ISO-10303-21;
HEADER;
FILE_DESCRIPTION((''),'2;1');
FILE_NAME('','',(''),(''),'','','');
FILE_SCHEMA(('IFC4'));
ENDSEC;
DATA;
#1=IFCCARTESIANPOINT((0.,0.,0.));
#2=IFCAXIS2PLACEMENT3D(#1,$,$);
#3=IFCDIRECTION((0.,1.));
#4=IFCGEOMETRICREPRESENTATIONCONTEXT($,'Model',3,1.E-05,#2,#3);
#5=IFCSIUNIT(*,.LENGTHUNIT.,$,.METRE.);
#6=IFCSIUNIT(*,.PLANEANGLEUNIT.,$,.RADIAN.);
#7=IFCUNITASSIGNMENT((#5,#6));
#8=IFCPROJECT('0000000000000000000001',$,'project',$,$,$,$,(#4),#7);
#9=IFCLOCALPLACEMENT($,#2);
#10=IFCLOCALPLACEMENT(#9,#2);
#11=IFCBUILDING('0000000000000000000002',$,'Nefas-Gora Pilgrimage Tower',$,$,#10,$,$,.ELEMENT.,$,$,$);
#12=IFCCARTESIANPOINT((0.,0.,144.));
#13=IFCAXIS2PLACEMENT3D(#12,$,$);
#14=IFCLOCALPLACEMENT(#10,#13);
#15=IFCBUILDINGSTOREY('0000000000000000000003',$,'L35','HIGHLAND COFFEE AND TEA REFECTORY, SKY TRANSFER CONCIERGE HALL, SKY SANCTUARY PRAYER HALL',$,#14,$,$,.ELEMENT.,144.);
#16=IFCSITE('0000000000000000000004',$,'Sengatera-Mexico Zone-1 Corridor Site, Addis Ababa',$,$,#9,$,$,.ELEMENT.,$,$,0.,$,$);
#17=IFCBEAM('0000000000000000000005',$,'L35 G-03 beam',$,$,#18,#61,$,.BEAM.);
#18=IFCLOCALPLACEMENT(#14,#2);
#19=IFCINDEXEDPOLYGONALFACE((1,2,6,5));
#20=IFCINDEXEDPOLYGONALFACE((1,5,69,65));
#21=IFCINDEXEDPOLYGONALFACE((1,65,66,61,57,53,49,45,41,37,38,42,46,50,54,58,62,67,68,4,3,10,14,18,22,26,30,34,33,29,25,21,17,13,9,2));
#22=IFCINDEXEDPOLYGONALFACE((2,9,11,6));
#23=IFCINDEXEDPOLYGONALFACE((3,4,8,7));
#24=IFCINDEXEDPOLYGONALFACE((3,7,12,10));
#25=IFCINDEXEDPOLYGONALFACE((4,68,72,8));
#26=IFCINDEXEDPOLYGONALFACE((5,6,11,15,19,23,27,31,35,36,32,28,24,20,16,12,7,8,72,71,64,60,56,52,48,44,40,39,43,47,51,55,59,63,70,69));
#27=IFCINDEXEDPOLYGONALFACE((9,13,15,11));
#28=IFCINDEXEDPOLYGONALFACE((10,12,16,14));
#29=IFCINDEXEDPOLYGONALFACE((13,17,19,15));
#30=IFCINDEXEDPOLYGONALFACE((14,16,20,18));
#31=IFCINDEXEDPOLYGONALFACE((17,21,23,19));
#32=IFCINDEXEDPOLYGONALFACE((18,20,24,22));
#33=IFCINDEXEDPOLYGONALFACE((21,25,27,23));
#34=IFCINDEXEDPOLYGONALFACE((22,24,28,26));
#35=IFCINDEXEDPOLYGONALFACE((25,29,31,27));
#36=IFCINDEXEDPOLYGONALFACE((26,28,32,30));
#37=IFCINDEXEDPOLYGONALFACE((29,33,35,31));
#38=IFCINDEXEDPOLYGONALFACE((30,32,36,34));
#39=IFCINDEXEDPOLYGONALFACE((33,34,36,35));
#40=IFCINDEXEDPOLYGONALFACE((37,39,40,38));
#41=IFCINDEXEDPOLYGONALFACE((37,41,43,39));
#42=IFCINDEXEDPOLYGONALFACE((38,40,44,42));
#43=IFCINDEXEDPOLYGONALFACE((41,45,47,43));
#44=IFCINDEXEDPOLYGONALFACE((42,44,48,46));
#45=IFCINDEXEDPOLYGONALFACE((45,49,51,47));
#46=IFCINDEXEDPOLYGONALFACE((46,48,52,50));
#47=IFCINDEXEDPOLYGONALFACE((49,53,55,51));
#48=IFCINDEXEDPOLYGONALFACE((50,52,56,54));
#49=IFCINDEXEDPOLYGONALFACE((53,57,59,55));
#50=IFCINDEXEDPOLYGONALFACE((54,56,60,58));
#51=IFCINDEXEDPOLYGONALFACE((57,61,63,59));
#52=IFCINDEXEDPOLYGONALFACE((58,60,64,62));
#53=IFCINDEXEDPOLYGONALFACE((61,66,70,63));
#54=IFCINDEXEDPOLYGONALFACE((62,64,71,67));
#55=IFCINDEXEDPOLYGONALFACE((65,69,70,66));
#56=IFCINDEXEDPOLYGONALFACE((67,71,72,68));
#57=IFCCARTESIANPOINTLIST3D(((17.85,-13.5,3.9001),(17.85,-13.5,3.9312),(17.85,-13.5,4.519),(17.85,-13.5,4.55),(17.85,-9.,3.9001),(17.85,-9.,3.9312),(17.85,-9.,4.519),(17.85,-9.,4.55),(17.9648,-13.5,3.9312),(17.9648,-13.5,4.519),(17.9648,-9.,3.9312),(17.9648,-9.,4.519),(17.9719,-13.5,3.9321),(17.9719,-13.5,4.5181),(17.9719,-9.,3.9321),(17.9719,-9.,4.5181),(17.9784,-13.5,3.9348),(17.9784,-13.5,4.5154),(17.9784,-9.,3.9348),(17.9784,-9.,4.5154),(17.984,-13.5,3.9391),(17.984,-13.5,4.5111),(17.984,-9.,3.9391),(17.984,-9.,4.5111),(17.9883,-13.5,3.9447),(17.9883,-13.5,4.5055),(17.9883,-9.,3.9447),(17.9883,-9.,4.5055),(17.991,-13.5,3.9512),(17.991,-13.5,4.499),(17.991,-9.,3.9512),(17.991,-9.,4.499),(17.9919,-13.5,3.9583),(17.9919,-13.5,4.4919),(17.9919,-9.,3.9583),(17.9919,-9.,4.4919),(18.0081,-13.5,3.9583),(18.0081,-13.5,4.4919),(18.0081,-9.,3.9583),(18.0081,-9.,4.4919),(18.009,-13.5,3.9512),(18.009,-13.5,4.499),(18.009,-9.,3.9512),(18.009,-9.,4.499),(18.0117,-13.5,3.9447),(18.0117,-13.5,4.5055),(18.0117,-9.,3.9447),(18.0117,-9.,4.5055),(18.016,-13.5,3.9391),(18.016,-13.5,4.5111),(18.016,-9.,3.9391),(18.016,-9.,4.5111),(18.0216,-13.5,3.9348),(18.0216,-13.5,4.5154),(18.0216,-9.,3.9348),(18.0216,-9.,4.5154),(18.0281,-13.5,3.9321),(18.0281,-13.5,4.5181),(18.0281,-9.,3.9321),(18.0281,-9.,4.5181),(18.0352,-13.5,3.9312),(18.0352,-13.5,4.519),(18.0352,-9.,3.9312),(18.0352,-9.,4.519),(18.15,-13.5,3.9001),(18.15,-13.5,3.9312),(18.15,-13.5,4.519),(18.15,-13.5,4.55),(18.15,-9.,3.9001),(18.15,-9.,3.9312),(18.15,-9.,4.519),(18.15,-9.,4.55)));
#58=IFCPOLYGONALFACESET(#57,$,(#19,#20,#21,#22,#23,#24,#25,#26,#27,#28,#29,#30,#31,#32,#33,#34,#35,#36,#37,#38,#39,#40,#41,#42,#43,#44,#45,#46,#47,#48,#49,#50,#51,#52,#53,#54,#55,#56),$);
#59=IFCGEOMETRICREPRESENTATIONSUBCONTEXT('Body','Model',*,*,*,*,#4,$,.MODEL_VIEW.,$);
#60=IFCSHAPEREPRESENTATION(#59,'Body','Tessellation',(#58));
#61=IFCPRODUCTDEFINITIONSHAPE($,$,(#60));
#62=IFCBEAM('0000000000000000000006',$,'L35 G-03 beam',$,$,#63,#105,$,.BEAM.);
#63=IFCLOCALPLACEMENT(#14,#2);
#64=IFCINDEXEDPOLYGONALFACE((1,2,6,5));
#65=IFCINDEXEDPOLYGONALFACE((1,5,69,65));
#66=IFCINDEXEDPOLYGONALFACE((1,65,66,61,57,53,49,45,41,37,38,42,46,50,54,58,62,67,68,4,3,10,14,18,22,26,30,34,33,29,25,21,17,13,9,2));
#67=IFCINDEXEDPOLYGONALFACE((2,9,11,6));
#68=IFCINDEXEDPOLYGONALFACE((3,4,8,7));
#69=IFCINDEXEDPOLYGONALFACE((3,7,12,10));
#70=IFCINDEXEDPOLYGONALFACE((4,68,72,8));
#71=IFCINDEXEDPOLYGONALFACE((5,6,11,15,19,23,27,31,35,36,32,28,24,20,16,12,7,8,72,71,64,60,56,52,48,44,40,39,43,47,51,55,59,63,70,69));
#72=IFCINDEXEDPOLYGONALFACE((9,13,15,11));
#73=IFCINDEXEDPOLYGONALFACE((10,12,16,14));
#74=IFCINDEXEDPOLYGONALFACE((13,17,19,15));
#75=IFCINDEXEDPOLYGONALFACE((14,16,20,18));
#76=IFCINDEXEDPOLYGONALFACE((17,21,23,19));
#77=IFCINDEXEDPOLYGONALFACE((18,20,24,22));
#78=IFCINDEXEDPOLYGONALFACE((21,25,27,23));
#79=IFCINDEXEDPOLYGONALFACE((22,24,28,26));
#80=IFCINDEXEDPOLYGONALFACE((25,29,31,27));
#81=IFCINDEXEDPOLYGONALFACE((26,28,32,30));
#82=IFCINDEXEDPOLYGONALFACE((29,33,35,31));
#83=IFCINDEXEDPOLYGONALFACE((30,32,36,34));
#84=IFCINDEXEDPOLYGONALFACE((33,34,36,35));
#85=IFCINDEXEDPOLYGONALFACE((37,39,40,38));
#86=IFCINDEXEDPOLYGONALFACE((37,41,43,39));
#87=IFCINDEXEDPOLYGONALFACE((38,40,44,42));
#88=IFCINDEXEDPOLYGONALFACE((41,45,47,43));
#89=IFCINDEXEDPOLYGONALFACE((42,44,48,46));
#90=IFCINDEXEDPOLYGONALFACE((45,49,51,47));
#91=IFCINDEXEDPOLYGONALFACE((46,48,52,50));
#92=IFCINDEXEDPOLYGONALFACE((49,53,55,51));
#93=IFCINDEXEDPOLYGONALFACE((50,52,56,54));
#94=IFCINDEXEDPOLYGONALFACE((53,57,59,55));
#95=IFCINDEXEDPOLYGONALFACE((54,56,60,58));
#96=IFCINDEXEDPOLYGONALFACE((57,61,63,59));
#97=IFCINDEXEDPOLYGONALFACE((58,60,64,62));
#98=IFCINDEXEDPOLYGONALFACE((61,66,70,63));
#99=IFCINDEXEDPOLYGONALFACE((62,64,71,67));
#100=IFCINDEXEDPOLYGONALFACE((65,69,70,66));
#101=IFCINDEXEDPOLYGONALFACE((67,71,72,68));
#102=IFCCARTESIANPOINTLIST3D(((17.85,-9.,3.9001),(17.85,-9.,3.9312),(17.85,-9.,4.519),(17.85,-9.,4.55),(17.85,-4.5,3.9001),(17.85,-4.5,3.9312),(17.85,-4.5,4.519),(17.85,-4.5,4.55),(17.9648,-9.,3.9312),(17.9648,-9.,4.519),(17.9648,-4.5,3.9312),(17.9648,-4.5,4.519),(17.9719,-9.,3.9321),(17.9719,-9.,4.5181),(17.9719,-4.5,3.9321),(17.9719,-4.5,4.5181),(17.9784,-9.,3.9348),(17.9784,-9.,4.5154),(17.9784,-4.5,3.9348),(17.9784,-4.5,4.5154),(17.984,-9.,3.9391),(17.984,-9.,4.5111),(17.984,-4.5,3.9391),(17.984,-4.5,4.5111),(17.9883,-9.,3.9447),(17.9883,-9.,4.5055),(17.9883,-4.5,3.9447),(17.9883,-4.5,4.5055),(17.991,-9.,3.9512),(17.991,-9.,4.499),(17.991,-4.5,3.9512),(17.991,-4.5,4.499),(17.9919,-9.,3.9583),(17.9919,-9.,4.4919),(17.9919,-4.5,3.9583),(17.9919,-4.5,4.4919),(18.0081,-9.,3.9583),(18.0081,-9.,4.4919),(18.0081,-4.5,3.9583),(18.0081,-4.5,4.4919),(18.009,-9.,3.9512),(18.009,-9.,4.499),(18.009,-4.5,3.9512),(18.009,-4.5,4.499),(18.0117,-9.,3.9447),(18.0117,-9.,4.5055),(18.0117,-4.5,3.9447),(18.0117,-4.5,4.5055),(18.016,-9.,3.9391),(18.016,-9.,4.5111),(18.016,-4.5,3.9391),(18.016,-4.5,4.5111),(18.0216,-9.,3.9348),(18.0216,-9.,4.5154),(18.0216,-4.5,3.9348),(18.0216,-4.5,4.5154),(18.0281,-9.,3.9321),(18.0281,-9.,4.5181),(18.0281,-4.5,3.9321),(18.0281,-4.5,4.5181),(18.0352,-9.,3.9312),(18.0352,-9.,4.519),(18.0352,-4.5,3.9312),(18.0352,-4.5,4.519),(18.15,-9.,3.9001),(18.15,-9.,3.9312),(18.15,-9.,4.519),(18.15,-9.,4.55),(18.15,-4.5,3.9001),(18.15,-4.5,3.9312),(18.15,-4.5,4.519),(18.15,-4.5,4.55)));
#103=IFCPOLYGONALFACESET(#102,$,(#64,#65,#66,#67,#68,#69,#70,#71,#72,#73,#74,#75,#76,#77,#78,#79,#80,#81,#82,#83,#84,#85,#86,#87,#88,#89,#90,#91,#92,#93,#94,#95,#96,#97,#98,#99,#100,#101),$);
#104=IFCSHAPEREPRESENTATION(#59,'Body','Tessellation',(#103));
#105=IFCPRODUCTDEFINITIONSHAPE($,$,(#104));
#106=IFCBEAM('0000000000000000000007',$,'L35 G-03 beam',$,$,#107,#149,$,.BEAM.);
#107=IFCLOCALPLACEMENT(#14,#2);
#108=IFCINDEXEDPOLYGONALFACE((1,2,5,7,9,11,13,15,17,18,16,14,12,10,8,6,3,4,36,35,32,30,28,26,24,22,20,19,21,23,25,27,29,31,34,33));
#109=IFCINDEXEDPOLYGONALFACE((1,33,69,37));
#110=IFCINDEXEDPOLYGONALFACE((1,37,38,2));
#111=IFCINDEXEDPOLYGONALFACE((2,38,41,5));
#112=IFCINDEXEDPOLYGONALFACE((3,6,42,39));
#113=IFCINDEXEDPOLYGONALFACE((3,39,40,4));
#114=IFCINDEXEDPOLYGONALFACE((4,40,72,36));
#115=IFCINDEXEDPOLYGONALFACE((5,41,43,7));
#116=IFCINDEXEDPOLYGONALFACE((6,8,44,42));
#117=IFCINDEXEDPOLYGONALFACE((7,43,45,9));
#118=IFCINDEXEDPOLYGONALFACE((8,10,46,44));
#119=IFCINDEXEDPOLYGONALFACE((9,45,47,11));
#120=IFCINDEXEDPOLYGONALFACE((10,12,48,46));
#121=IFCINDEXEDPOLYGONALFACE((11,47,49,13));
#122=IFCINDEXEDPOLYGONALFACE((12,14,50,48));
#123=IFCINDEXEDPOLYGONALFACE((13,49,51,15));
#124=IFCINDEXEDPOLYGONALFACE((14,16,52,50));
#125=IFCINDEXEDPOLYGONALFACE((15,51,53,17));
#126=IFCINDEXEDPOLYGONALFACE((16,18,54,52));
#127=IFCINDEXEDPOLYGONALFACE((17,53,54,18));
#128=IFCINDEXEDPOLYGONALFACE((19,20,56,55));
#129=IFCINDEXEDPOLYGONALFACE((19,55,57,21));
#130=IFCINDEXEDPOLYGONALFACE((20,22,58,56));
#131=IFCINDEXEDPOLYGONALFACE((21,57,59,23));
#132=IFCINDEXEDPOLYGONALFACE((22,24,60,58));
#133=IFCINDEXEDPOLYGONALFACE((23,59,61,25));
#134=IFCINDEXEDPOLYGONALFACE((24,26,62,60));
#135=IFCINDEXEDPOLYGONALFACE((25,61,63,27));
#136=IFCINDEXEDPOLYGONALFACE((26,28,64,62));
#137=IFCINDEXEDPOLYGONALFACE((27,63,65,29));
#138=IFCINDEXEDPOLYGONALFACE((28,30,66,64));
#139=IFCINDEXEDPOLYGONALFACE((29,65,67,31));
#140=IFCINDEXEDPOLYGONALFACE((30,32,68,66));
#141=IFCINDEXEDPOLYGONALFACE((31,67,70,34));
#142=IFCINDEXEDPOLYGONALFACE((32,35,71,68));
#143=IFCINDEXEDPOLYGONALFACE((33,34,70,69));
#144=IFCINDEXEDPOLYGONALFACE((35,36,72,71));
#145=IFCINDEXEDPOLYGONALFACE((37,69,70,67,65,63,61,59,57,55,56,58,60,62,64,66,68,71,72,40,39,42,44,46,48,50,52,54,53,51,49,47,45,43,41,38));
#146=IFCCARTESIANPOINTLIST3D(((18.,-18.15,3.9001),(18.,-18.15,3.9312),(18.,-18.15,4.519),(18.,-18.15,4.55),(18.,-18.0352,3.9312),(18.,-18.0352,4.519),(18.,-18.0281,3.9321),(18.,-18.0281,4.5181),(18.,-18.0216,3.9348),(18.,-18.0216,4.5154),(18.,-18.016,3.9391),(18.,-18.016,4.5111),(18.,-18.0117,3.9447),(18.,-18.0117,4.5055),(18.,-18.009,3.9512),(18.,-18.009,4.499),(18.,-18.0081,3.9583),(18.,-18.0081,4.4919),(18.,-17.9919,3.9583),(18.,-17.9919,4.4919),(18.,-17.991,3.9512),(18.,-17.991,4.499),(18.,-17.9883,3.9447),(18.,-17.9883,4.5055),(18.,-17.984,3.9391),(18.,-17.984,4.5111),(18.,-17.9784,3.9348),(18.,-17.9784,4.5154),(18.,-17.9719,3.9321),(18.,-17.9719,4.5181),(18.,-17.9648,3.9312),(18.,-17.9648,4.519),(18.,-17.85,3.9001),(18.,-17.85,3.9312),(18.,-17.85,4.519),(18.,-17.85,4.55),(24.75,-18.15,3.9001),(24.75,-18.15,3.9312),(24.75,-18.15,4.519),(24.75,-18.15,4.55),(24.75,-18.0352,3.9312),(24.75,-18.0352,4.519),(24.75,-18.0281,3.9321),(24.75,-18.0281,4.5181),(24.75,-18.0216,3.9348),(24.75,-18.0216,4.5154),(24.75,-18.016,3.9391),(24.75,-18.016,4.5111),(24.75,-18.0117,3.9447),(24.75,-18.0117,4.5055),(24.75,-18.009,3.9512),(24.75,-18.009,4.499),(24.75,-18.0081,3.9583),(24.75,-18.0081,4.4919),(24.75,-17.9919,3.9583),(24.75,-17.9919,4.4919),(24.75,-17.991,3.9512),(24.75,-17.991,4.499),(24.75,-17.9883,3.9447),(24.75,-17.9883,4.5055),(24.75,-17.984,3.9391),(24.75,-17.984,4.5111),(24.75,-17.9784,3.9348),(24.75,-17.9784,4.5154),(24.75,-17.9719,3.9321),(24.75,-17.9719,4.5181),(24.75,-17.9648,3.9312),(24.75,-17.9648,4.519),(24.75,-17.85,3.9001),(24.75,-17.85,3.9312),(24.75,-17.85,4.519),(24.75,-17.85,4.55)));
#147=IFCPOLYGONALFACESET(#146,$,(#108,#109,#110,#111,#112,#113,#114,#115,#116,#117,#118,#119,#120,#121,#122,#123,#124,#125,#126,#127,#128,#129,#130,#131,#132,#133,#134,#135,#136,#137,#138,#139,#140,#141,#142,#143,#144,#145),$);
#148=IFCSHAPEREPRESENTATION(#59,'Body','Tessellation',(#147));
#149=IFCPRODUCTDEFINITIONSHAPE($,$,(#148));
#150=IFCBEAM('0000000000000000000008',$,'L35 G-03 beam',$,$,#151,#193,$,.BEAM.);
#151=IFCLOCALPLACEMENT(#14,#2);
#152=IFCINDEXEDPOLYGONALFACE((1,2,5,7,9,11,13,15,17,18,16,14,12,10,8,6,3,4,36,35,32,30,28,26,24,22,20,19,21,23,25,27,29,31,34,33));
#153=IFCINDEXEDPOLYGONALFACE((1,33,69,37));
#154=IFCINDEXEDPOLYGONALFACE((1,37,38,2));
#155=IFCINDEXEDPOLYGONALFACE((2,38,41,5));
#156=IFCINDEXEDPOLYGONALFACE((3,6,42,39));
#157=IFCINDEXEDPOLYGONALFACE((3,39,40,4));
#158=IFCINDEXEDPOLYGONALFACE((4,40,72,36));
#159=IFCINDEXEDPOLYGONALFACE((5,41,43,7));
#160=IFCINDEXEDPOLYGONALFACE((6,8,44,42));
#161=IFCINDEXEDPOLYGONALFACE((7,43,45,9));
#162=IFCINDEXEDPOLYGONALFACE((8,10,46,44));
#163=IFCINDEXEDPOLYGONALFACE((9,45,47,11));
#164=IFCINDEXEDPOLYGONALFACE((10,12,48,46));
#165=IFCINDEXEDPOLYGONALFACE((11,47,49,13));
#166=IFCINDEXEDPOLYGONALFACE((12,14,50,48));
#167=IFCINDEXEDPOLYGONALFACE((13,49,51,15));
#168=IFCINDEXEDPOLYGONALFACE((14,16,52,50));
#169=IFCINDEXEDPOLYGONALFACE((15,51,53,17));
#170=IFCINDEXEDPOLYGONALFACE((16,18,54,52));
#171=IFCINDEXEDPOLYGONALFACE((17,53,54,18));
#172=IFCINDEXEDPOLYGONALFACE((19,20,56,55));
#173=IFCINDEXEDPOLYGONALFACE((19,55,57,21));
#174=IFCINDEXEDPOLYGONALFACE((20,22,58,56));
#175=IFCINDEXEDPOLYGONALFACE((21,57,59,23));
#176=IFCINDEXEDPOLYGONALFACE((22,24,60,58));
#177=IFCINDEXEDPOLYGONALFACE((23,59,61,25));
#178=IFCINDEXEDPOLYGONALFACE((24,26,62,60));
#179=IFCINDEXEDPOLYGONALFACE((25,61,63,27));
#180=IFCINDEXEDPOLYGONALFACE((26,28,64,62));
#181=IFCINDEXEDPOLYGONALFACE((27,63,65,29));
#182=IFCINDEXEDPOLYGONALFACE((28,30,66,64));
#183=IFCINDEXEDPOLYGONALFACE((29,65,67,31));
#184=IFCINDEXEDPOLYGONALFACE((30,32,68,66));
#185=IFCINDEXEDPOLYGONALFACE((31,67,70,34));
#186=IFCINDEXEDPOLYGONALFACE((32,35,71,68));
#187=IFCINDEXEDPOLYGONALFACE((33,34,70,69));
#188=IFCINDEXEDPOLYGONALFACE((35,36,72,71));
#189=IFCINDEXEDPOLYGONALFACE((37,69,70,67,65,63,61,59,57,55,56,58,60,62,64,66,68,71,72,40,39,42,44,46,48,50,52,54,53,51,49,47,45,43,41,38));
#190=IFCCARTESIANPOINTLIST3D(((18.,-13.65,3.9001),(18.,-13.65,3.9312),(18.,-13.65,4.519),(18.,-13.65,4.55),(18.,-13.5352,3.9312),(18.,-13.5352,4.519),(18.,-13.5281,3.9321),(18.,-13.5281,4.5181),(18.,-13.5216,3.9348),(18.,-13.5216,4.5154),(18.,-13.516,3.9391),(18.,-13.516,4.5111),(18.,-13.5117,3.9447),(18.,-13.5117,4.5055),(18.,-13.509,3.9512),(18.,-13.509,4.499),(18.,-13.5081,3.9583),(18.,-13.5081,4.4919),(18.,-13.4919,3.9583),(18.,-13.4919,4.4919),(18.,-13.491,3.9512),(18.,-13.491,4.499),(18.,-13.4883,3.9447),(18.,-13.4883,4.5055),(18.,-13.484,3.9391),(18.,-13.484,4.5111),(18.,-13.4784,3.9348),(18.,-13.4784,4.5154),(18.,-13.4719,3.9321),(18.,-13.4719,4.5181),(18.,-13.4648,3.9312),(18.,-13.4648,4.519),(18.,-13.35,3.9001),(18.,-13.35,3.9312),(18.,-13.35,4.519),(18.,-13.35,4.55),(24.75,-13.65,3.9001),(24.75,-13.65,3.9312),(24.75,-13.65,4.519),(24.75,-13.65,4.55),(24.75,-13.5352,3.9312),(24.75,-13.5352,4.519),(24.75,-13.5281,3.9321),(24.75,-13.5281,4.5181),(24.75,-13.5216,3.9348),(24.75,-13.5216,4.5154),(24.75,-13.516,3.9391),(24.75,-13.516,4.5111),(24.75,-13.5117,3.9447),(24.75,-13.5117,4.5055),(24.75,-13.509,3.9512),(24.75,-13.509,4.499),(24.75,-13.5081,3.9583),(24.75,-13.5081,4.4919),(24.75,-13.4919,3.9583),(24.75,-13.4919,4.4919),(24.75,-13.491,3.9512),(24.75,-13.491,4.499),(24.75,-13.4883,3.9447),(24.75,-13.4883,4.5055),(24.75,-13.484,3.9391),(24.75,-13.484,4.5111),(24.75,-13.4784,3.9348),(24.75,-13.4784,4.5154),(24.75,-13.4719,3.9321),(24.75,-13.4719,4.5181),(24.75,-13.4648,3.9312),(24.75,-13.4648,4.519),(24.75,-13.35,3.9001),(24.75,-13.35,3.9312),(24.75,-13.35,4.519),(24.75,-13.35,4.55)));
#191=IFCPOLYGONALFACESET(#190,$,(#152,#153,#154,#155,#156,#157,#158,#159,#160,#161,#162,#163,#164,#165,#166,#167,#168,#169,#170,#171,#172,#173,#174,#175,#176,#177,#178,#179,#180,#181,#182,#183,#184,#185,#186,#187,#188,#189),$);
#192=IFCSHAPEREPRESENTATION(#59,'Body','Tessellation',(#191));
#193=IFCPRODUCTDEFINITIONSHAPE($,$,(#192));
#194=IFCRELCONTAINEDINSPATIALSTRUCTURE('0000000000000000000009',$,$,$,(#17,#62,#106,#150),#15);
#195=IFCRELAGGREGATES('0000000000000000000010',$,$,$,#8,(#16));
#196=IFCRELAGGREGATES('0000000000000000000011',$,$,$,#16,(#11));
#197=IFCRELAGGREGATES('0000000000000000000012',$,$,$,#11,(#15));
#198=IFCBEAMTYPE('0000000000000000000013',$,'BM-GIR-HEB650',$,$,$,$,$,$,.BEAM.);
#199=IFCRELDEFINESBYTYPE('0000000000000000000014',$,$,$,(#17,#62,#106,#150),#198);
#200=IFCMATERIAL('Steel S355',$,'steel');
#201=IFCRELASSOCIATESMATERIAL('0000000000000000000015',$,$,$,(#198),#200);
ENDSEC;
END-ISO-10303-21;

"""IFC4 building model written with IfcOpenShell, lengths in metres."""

from ifc_helpers import new_model, si_unit, direction, frame, origin, origin_2d, place, context, subcontext, project, spatial, i_section, extrude, source, transform, mapped, material, material_profile, profile_set, type_object, element, save


model = new_model("IFC4")

# Units and contexts
model_context = context("Model", 3, precision=1e-05, world=origin(), true_north=direction((0.0, 1.0)))
body_context = subcontext(model_context, "Body", "Model", "MODEL_VIEW")
ifc_project = project(units=[si_unit("LENGTHUNIT", "METRE"), si_unit("PLANEANGLEUNIT", "RADIAN")], contexts=[model_context])

# Site, building, storey
site_placement = place(None, origin())
site = spatial("IfcSite", under=ifc_project, at=site_placement, Name="Sengatera-Mexico Zone-1 Corridor Site, Addis Ababa", CompositionType="ELEMENT", RefElevation=0.0)
building_placement = place(site_placement, origin())
building = spatial("IfcBuilding", under=site, at=building_placement, Name="Nefas-Gora Pilgrimage Tower", CompositionType="ELEMENT")
storey_placement = place(building_placement, frame((0.0, 0.0, 144.0)))
storey = spatial("IfcBuildingStorey", under=building, at=storey_placement, Name="L35", Description="HIGHLAND COFFEE AND TEA REFECTORY, SKY TRANSFER CONCIERGE HALL, SKY SANCTUARY PRAYER HALL", CompositionType="ELEMENT", Elevation=144.0)

# Beams
ifc_material_1 = material(Name="Steel S355", Category="steel")
ifc_material_profile_1 = material_profile(ifc_material_1, i_section(OverallWidth=0.3, OverallDepth=0.6499, WebThickness=0.0161, FlangeThickness=0.031, FilletRadius=0.0271, at=origin_2d()), Name="HEB 650")
ifc_profile_set_1 = profile_set([ifc_material_profile_1], Name="Steel S355")
beam_type_1 = type_object("IfcBeamType", Name="BM-GIR-HEB650", PredefinedType="BEAM", material=ifc_profile_set_1)
shared_shape_1 = source(origin(), body_context, "Body", "SweptSolid", [
    extrude(i_section(OverallWidth=0.3, OverallDepth=0.6499, WebThickness=0.0161, FlangeThickness=0.031, FilletRadius=0.0271, at=origin_2d()), origin(), (0.0, 0.0, 1.0), 4.5),
])
for number, where, z_axis, x_axis, name in (
    (1, (18.0, -13.5, 4.2251), (0.0, 1.0, 0.0), (-1.0, 0.0, 0.0), "L35 G-03 beam"),
    (2, (18.0, -9.0, 4.2251), (0.0, 1.0, 0.0), (-1.0, 0.0, 0.0), "L35 G-03 beam"),
):
    element("IfcBeam", number, at=place(storey_placement, frame(where, z_axis=z_axis, x_axis=x_axis)), inside=storey, type_object=beam_type_1, Name=name, PredefinedType="BEAM", context=body_context, shape_type="MappedRepresentation", body=[
        mapped(shared_shape_1, transform((0.0, 0.0, 0.0), x_axis=(1.0, 0.0, 0.0), y_axis=(0.0, 1.0, 0.0), z_axis=(0.0, 0.0, 1.0), scale=1.0)),
    ])
shared_shape_2 = source(origin(), body_context, "Body", "SweptSolid", [
    extrude(i_section(OverallWidth=0.3, OverallDepth=0.6499, WebThickness=0.0161, FlangeThickness=0.031, FilletRadius=0.0271, at=origin_2d()), origin(), (0.0, 0.0, 1.0), 6.75),
])
for number, where, z_axis, x_axis, name in (
    (3, (18.0, -18.0, 4.2251), (1.0, 0.0, 0.0), (0.0, 1.0, 0.0), "L35 G-03 beam"),
    (4, (18.0, -13.5, 4.2251), (1.0, 0.0, 0.0), (0.0, 1.0, 0.0), "L35 G-03 beam"),
):
    element("IfcBeam", number, at=place(storey_placement, frame(where, z_axis=z_axis, x_axis=x_axis)), inside=storey, type_object=beam_type_1, Name=name, PredefinedType="BEAM", context=body_context, shape_type="MappedRepresentation", body=[
        mapped(shared_shape_2, transform((0.0, 0.0, 0.0), x_axis=(1.0, 0.0, 0.0), y_axis=(0.0, 1.0, 0.0), z_axis=(0.0, 0.0, 1.0), scale=1.0)),
    ])

save(model, "model.ifc")
